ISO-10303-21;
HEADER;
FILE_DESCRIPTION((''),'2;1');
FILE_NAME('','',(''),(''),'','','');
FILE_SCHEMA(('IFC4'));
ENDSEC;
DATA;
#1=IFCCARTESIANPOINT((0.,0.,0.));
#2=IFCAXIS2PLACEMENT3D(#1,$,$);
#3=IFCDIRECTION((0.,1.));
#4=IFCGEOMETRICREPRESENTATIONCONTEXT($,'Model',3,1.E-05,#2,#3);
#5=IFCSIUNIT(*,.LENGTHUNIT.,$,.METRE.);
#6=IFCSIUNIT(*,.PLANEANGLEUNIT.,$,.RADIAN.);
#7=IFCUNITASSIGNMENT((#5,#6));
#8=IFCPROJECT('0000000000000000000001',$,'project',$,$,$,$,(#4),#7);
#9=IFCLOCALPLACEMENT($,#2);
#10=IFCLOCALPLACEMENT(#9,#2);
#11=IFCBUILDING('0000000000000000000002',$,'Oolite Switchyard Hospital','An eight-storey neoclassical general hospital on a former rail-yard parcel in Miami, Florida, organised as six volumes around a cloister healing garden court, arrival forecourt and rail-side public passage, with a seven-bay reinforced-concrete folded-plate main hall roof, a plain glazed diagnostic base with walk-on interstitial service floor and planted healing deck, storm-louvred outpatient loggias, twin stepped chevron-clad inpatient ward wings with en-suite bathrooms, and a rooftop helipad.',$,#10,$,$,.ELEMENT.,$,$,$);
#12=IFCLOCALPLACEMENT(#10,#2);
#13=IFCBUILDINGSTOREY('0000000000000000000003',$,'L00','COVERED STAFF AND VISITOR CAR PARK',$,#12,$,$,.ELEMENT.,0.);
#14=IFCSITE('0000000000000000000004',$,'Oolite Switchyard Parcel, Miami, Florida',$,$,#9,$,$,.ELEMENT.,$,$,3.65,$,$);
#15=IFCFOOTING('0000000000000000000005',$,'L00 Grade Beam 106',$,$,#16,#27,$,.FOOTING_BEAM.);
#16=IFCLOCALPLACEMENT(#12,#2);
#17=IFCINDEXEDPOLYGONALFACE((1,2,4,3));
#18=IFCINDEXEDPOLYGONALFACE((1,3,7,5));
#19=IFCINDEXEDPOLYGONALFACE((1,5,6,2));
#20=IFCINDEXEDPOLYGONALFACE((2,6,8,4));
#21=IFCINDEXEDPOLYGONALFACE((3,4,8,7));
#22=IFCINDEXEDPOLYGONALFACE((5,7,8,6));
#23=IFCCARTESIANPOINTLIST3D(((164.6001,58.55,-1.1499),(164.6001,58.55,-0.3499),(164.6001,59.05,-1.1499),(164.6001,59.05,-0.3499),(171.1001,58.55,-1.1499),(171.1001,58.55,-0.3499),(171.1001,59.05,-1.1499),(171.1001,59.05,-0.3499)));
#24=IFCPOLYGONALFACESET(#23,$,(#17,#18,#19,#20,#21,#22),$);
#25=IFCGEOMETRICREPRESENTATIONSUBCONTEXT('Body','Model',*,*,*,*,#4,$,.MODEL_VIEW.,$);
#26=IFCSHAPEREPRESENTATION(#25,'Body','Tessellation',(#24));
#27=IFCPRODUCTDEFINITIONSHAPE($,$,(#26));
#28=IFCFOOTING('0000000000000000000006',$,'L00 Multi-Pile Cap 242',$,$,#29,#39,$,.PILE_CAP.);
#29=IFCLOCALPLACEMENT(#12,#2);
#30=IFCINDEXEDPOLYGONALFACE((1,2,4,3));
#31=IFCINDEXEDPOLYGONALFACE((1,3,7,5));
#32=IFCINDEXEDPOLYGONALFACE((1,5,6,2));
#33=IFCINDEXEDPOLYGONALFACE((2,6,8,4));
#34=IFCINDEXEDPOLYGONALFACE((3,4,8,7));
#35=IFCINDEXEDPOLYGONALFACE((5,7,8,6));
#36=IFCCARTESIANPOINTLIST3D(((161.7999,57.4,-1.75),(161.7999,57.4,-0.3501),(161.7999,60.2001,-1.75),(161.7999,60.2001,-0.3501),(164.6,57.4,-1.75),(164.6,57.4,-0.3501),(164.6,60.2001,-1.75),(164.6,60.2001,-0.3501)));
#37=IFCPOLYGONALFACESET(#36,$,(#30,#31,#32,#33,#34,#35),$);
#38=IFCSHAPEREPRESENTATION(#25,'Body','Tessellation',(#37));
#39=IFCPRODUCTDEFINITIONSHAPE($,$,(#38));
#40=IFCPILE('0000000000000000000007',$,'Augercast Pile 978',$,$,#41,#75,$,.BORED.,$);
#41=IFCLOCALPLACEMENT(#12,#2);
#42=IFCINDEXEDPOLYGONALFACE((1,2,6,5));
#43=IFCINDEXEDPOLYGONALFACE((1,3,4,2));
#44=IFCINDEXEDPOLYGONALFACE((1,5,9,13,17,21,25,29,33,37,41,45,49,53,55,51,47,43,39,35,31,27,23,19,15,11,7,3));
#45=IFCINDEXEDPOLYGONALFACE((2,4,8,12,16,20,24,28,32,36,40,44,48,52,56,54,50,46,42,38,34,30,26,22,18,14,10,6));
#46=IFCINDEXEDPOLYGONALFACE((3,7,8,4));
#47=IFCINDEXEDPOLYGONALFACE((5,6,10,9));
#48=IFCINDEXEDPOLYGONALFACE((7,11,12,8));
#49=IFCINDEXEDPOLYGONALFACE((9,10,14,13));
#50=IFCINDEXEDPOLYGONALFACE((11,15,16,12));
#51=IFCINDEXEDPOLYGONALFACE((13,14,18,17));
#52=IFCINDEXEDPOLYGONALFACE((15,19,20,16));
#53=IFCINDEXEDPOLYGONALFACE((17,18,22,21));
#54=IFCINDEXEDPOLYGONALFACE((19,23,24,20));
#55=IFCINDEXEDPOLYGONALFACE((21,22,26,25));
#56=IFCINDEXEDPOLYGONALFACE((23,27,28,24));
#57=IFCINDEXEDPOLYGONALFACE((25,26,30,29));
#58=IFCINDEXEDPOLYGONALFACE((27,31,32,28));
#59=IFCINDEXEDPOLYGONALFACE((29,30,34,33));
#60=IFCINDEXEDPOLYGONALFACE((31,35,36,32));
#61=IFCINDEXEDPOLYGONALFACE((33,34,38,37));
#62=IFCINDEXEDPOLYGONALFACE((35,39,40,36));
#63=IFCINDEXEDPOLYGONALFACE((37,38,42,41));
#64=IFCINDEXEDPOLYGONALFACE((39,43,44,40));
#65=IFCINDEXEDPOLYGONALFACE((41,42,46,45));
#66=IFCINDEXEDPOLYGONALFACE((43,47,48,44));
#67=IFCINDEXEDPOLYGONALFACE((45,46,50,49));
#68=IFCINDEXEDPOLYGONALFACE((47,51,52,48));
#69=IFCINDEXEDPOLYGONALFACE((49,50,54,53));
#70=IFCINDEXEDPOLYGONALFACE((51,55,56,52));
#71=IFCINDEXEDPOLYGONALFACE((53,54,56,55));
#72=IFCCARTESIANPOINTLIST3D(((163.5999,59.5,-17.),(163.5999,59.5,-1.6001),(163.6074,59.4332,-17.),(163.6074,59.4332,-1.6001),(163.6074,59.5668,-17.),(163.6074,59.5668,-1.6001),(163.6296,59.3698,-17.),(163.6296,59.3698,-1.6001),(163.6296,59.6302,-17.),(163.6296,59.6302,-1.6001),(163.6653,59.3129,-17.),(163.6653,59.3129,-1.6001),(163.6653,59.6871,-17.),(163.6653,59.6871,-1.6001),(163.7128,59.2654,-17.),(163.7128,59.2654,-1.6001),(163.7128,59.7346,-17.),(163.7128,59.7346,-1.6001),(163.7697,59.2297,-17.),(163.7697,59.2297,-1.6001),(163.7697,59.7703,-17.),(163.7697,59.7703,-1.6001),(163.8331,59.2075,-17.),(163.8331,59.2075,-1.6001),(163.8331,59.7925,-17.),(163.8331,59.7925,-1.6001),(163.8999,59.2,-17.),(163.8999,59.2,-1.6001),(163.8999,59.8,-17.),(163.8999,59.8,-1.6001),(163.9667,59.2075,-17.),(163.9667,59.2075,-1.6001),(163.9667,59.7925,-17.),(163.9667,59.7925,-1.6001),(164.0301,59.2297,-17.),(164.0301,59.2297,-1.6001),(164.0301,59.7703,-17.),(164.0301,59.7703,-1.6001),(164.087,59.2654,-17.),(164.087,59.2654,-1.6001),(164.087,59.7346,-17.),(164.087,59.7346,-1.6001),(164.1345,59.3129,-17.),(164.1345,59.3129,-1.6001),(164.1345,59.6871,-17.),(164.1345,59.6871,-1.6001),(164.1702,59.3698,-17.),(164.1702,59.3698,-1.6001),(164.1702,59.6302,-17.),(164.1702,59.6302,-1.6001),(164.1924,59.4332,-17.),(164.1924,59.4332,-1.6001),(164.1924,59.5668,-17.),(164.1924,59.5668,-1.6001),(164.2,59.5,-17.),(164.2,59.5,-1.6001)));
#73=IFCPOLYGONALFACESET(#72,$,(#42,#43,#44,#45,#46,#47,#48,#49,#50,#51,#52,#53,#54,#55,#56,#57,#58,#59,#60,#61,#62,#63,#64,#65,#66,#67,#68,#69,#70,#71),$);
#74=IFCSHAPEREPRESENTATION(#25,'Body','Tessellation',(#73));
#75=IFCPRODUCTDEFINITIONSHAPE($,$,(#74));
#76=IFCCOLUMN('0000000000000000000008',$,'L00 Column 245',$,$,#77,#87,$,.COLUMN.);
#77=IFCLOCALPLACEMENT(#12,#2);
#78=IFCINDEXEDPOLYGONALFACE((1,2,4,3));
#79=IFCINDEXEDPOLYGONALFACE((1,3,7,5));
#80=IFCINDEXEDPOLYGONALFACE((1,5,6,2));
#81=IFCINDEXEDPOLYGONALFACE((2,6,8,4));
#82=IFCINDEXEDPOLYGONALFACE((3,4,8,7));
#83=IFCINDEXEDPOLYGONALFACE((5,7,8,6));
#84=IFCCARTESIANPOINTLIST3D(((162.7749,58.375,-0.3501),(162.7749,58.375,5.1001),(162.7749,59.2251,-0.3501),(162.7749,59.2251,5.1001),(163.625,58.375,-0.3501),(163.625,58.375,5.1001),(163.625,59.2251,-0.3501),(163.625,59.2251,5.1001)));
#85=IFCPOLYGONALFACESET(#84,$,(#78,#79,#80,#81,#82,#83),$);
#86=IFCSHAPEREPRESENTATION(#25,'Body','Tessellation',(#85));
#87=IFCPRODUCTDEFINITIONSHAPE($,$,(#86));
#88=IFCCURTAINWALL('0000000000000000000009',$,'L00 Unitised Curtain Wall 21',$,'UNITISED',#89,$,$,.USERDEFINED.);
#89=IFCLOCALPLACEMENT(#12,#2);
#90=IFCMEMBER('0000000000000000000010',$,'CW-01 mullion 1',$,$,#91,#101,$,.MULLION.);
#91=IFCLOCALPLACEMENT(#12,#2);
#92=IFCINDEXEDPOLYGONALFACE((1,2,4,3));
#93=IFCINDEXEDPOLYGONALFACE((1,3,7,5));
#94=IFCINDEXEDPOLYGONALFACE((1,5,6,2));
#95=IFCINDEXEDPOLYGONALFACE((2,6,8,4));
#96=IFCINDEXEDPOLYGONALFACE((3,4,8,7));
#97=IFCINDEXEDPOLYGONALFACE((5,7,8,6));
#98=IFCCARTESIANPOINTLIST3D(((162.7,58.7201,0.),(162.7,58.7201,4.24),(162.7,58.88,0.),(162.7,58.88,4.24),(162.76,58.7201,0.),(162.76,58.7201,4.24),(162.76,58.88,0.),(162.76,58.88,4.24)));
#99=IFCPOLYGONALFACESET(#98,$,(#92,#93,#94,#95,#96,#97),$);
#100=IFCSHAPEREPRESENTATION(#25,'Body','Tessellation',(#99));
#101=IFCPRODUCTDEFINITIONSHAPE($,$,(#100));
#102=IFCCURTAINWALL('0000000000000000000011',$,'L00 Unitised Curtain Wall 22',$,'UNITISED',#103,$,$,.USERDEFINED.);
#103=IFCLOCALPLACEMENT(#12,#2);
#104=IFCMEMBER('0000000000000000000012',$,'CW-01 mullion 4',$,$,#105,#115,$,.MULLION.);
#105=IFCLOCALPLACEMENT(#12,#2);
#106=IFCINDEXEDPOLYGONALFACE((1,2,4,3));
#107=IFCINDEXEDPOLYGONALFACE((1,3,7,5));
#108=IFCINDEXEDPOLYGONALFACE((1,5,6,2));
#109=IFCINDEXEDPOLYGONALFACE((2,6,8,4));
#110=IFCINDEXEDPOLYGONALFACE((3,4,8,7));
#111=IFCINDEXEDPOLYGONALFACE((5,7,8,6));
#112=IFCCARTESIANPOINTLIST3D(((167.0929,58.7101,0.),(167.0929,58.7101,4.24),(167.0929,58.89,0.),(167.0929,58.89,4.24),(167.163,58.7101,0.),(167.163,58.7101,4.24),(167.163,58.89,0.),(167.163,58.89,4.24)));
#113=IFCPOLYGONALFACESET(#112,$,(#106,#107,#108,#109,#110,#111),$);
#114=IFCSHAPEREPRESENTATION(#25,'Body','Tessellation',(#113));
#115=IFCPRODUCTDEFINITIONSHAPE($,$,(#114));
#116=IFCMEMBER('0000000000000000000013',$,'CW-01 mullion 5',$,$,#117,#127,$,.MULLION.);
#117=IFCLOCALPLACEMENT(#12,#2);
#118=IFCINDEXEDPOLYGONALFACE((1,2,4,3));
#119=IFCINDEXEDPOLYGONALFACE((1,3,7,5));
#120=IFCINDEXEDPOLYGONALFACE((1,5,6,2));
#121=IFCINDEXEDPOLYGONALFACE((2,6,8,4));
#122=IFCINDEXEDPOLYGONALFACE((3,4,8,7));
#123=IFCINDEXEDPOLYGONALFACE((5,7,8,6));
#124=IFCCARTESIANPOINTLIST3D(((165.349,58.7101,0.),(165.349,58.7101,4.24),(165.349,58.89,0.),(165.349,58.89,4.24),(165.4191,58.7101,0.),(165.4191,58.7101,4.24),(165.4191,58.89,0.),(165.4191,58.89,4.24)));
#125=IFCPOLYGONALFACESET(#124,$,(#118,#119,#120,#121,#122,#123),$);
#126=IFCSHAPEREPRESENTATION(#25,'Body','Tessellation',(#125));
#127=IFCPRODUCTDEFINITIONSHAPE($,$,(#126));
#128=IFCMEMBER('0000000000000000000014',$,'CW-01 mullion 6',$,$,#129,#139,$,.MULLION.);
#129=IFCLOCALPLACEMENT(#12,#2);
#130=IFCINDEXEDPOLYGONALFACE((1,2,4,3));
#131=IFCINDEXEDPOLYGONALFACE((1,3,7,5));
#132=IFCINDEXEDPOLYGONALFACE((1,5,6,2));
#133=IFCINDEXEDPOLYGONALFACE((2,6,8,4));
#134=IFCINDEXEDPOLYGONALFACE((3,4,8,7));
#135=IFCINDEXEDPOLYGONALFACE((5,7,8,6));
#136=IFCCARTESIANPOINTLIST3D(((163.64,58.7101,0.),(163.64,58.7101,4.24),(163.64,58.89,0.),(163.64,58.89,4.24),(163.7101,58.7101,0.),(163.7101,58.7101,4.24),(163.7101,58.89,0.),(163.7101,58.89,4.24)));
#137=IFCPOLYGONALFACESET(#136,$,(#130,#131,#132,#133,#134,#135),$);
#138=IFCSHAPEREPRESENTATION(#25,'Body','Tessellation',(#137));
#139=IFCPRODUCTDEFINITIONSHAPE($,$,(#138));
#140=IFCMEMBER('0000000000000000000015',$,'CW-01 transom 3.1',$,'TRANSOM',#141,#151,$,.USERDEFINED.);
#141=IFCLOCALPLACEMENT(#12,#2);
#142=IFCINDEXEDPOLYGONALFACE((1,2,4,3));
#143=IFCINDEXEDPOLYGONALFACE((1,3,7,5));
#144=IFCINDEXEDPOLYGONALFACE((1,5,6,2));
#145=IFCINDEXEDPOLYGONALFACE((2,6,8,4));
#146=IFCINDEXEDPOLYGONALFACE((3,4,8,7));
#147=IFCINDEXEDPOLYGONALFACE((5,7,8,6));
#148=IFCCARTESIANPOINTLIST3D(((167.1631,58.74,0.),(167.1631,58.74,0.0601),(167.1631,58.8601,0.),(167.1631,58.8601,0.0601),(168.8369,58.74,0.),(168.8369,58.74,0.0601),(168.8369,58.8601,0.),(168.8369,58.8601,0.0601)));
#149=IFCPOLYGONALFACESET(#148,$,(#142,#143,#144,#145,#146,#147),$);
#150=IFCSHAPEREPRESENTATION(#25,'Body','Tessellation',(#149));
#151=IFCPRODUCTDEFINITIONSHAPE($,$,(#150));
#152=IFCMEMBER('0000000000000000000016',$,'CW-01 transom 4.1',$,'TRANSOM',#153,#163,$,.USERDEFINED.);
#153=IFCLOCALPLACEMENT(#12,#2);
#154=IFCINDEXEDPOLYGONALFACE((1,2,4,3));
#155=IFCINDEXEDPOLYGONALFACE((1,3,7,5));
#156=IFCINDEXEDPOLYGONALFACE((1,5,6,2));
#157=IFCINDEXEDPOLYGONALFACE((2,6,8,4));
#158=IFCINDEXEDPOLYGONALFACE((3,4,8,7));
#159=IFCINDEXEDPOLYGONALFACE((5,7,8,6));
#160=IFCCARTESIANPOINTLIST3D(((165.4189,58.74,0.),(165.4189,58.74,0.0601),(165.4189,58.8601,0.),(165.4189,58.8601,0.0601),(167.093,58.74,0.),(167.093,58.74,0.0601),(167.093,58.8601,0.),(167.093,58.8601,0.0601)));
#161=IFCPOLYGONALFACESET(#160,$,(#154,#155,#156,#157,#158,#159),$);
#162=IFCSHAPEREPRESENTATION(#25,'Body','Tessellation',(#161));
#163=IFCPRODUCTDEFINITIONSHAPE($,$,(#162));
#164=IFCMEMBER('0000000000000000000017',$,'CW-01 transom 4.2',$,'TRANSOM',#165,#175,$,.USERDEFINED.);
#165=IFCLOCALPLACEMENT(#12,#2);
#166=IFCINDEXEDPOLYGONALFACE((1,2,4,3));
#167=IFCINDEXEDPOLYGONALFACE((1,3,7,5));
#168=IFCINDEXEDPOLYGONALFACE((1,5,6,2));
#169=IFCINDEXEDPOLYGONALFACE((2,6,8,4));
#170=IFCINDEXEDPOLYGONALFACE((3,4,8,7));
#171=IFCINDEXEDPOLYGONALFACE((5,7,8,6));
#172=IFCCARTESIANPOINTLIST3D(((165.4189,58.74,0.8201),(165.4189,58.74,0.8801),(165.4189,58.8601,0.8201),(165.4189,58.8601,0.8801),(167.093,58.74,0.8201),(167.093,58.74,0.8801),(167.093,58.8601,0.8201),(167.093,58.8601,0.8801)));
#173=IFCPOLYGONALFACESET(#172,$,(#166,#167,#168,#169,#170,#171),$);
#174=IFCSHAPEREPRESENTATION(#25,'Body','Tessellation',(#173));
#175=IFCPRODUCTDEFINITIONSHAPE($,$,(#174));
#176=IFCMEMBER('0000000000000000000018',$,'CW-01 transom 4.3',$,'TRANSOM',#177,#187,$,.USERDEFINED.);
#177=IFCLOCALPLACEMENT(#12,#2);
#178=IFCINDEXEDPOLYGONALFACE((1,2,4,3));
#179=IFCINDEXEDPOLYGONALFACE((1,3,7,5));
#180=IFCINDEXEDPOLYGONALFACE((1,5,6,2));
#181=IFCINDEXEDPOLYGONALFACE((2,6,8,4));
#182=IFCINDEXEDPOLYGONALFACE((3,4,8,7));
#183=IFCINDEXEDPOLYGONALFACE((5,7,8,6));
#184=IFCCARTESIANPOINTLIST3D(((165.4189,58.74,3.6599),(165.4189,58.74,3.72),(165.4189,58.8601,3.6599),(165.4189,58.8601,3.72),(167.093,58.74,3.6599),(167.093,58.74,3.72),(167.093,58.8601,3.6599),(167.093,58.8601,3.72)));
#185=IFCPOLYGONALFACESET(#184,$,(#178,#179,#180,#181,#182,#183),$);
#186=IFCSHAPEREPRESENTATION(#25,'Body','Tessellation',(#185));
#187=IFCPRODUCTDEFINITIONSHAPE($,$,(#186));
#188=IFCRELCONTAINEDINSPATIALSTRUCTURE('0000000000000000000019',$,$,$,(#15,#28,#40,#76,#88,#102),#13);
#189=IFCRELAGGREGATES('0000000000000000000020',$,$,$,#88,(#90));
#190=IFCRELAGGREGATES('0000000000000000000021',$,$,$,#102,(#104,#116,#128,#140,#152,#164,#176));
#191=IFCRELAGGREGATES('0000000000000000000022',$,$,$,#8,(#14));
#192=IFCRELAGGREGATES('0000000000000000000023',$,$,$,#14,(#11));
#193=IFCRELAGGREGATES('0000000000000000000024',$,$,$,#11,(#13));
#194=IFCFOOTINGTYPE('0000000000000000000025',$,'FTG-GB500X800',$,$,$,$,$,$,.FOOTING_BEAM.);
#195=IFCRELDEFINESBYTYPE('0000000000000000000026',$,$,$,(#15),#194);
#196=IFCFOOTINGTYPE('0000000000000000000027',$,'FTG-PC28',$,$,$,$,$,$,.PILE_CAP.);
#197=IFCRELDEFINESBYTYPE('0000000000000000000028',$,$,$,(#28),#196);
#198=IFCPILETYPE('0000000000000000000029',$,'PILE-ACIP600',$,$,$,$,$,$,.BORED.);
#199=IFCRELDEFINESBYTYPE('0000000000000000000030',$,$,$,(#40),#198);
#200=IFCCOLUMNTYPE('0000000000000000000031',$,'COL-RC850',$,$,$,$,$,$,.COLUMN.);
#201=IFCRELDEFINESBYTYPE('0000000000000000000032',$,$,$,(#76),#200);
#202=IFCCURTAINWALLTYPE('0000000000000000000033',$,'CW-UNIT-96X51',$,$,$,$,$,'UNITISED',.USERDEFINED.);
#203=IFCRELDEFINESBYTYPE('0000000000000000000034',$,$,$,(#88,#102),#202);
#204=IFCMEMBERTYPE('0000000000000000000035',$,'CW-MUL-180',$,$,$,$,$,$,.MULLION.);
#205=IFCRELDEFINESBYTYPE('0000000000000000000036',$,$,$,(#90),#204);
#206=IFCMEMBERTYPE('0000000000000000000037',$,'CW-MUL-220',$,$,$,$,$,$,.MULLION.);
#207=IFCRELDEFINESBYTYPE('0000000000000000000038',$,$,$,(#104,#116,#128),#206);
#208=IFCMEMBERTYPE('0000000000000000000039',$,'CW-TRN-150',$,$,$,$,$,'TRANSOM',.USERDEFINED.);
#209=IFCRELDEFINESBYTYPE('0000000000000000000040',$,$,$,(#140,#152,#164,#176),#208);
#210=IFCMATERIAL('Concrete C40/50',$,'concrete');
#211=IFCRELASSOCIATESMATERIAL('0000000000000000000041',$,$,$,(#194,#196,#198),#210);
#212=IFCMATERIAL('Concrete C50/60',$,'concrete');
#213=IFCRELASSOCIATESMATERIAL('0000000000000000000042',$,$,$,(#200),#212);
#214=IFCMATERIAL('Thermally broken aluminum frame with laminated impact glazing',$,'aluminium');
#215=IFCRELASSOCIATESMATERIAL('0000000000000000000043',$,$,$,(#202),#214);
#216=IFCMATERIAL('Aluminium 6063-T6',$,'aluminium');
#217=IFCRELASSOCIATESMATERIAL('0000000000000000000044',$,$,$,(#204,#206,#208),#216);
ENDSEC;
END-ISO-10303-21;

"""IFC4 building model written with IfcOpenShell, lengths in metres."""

from ifc_helpers import new_model, si_unit, direction, frame, origin, origin_2d, place, context, subcontext, project, spatial, rectangle, circle, extrude, material, material_profile, profile_set, type_object, element, aggregate, save


model = new_model("IFC4")

# Units and contexts
model_context = context("Model", 3, precision=1e-05, world=origin(), true_north=direction((0.0, 1.0)))
body_context = subcontext(model_context, "Body", "Model", "MODEL_VIEW")
ifc_project = project(units=[si_unit("LENGTHUNIT", "METRE"), si_unit("PLANEANGLEUNIT", "RADIAN")], contexts=[model_context])

# Site, building, storey
site_placement = place(None, origin())
site = spatial("IfcSite", under=ifc_project, at=site_placement, Name="Oolite Switchyard Parcel, Miami, Florida", CompositionType="ELEMENT", RefElevation=3.65)
building_placement = place(site_placement, origin())
building = spatial("IfcBuilding", under=site, at=building_placement, Name="Oolite Switchyard Hospital", Description="An eight-storey neoclassical general hospital on a former rail-yard parcel in Miami, Florida, organised as six volumes around a cloister healing garden court, arrival forecourt and rail-side public passage, with a seven-bay reinforced-concrete folded-plate main hall roof, a plain glazed diagnostic base with walk-on interstitial service floor and planted healing deck, storm-louvred outpatient loggias, twin stepped chevron-clad inpatient ward wings with en-suite bathrooms, and a rooftop helipad.", CompositionType="ELEMENT")
storey_placement = place(building_placement, origin())
storey = spatial("IfcBuildingStorey", under=building, at=storey_placement, Name="L00", Description="COVERED STAFF AND VISITOR CAR PARK", CompositionType="ELEMENT", Elevation=0.0)

# Footings
ifc_material_1 = material(Name="Concrete C40/50", Category="concrete")
footing_type_1 = type_object("IfcFootingType", Name="FTG-GB500X800", PredefinedType="FOOTING_BEAM", material=ifc_material_1)
footing_1_placement = place(storey_placement, frame((167.8501, 58.8, -1.1499), z_axis=(0.0, 0.0, 1.0), x_axis=(1.0, 0.0, 0.0)))
element("IfcFooting", 1, at=footing_1_placement, inside=storey, type_object=footing_type_1, Name="L00 Grade Beam 106", PredefinedType="FOOTING_BEAM", context=body_context, shape_type="SweptSolid", body=[
    extrude(rectangle(XDim=6.5, YDim=0.5, at=origin_2d()), origin(), (0.0, 0.0, 1.0), 0.8),
])
footing_type_2 = type_object("IfcFootingType", Name="FTG-PC28", PredefinedType="PILE_CAP", material=ifc_material_1)
footing_2_placement = place(storey_placement, frame((163.2, 58.8, -1.75), z_axis=(0.0, 0.0, 1.0), x_axis=(1.0, 0.0, 0.0)))
element("IfcFooting", 2, at=footing_2_placement, inside=storey, type_object=footing_type_2, Name="L00 Multi-Pile Cap 242", PredefinedType="PILE_CAP", context=body_context, shape_type="SweptSolid", body=[
    extrude(rectangle(XDim=2.8, YDim=2.8, at=origin_2d()), origin(), (0.0, 0.0, 1.0), 1.3999),
])

# Pile
ifc_material_profile_1 = material_profile(ifc_material_1, circle(Radius=0.3, at=origin_2d()), Name="PILE600")
ifc_profile_set_1 = profile_set([ifc_material_profile_1], Name="Concrete C40/50")
pile_type = type_object("IfcPileType", Name="PILE-ACIP600", PredefinedType="BORED", material=ifc_profile_set_1)
pile_placement = place(storey_placement, frame((163.8999, 59.5, -1.6001), z_axis=(0.0, 0.0, -1.0), x_axis=(1.0, 0.0, 0.0)))
element("IfcPile", 3, at=pile_placement, inside=storey, type_object=pile_type, Name="Augercast Pile 978", PredefinedType="BORED", context=body_context, shape_type="SweptSolid", body=[
    extrude(circle(Radius=0.3, at=origin_2d()), origin(), (0.0, 0.0, 1.0), 15.3999),
])

# Column
ifc_material_2 = material(Name="Concrete C50/60", Category="concrete")
ifc_material_profile_2 = material_profile(ifc_material_2, rectangle(XDim=0.8501, YDim=0.8501, at=origin_2d()), Name="RC850X850")
ifc_profile_set_2 = profile_set([ifc_material_profile_2], Name="Concrete C50/60")
column_type = type_object("IfcColumnType", Name="COL-RC850", PredefinedType="COLUMN", material=ifc_profile_set_2)
column_placement = place(storey_placement, frame((163.2, 58.8, -0.3501), z_axis=(0.0, 0.0, 1.0), x_axis=(1.0, 0.0, 0.0)))
element("IfcColumn", 4, at=column_placement, inside=storey, type_object=column_type, Name="L00 Column 245", PredefinedType="COLUMN", context=body_context, shape_type="SweptSolid", body=[
    extrude(rectangle(XDim=0.8501, YDim=0.8501, at=origin_2d()), origin(), (0.0, 0.0, 1.0), 5.4502),
])

# Curtain wall, member
ifc_material_3 = material(Name="Thermally broken aluminum frame with laminated impact glazing", Category="aluminium")
curtain_wall_type = type_object("IfcCurtainWallType", Name="CW-UNIT-96X51", ElementType="UNITISED", PredefinedType="USERDEFINED", material=ifc_material_3)
curtain_wall_1_placement = place(storey_placement, origin())
curtain_wall_1 = element("IfcCurtainWall", 5, at=curtain_wall_1_placement, inside=storey, type_object=curtain_wall_type, Name="L00 Unitised Curtain Wall 21", ObjectType="UNITISED", PredefinedType="USERDEFINED")
ifc_material_4 = material(Name="Aluminium 6063-T6", Category="aluminium")
ifc_material_profile_3 = material_profile(ifc_material_4, rectangle(XDim=0.1599, YDim=0.0601, at=origin_2d()), Name="CWM60X160")
ifc_profile_set_3 = profile_set([ifc_material_profile_3], Name="Aluminium 6063-T6")
member_type_1 = type_object("IfcMemberType", Name="CW-MUL-180", PredefinedType="MULLION", material=ifc_profile_set_3)
member_1_placement = place(storey_placement, frame((162.73, 58.8, 0.0), z_axis=(0.0, 0.0, 1.0), x_axis=(0.0, -1.0, 0.0)))
member_1 = element("IfcMember", 6, at=member_1_placement, type_object=member_type_1, Name="CW-01 mullion 1", PredefinedType="MULLION", context=body_context, shape_type="SweptSolid", body=[
    extrude(rectangle(XDim=0.1599, YDim=0.0601, at=origin_2d()), origin(), (0.0, 0.0, 1.0), 4.24),
])
aggregate(curtain_wall_1, [member_1])

# Curtain wall, members
curtain_wall_2_placement = place(storey_placement, origin())
curtain_wall_2 = element("IfcCurtainWall", 7, at=curtain_wall_2_placement, inside=storey, type_object=curtain_wall_type, Name="L00 Unitised Curtain Wall 22", ObjectType="UNITISED", PredefinedType="USERDEFINED")
ifc_material_profile_4 = material_profile(ifc_material_4, rectangle(XDim=0.1799, YDim=0.0701, at=origin_2d()), Name="CWM70X180")
ifc_profile_set_4 = profile_set([ifc_material_profile_4], Name="Aluminium 6063-T6")
member_type_2 = type_object("IfcMemberType", Name="CW-MUL-220", PredefinedType="MULLION", material=ifc_profile_set_4)
member_2_placement = place(storey_placement, frame((167.1279, 58.8, 0.0), z_axis=(0.0, 0.0, 1.0), x_axis=(0.0, -1.0, 0.0)))
member_2 = element("IfcMember", 8, at=member_2_placement, type_object=member_type_2, Name="CW-01 mullion 4", PredefinedType="MULLION", context=body_context, shape_type="SweptSolid", body=[
    extrude(rectangle(XDim=0.1799, YDim=0.0701, at=origin_2d()), origin(), (0.0, 0.0, 1.0), 4.24),
])
member_3_placement = place(storey_placement, frame((165.384, 58.8, 0.0), z_axis=(0.0, 0.0, 1.0), x_axis=(0.0, -1.0, 0.0)))
member_3 = element("IfcMember", 9, at=member_3_placement, type_object=member_type_2, Name="CW-01 mullion 5", PredefinedType="MULLION", context=body_context, shape_type="SweptSolid", body=[
    extrude(rectangle(XDim=0.1799, YDim=0.0701, at=origin_2d()), origin(), (0.0, 0.0, 1.0), 4.24),
])
member_4_placement = place(storey_placement, frame((163.675, 58.8, 0.0), z_axis=(0.0, 0.0, 1.0), x_axis=(0.0, -1.0, 0.0)))
member_4 = element("IfcMember", 10, at=member_4_placement, type_object=member_type_2, Name="CW-01 mullion 6", PredefinedType="MULLION", context=body_context, shape_type="SweptSolid", body=[
    extrude(rectangle(XDim=0.1799, YDim=0.0701, at=origin_2d()), origin(), (0.0, 0.0, 1.0), 4.24),
])
ifc_material_profile_5 = material_profile(ifc_material_4, rectangle(XDim=0.1201, YDim=0.0601, at=origin_2d()), Name="CWT60X120")
ifc_profile_set_5 = profile_set([ifc_material_profile_5], Name="Aluminium 6063-T6")
member_type_3 = type_object("IfcMemberType", Name="CW-TRN-150", ElementType="TRANSOM", PredefinedType="USERDEFINED", material=ifc_profile_set_5)
member_5_placement = place(storey_placement, frame((168.8369, 58.8, 0.03), z_axis=(-1.0, 0.0, 0.0), x_axis=(0.0, -1.0, 0.0)))
member_5 = element("IfcMember", 11, at=member_5_placement, type_object=member_type_3, Name="CW-01 transom 3.1", ObjectType="TRANSOM", PredefinedType="USERDEFINED", context=body_context, shape_type="SweptSolid", body=[
    extrude(rectangle(XDim=0.1201, YDim=0.0601, at=origin_2d()), origin(), (0.0, 0.0, 1.0), 1.6738),
])
member_6_placement = place(storey_placement, frame((167.093, 58.8, 0.03), z_axis=(-1.0, 0.0, 0.0), x_axis=(0.0, -1.0, 0.0)))
member_6 = element("IfcMember", 12, at=member_6_placement, type_object=member_type_3, Name="CW-01 transom 4.1", ObjectType="TRANSOM", PredefinedType="USERDEFINED", context=body_context, shape_type="SweptSolid", body=[
    extrude(rectangle(XDim=0.1201, YDim=0.0601, at=origin_2d()), origin(), (0.0, 0.0, 1.0), 1.6741),
])
member_7_placement = place(storey_placement, frame((167.093, 58.8, 0.8501), z_axis=(-1.0, 0.0, 0.0), x_axis=(0.0, -1.0, 0.0)))
member_7 = element("IfcMember", 13, at=member_7_placement, type_object=member_type_3, Name="CW-01 transom 4.2", ObjectType="TRANSOM", PredefinedType="USERDEFINED", context=body_context, shape_type="SweptSolid", body=[
    extrude(rectangle(XDim=0.1201, YDim=0.0601, at=origin_2d()), origin(), (0.0, 0.0, 1.0), 1.6741),
])
member_8_placement = place(storey_placement, frame((167.093, 58.8, 3.6899), z_axis=(-1.0, 0.0, 0.0), x_axis=(0.0, -1.0, 0.0)))
member_8 = element("IfcMember", 14, at=member_8_placement, type_object=member_type_3, Name="CW-01 transom 4.3", ObjectType="TRANSOM", PredefinedType="USERDEFINED", context=body_context, shape_type="SweptSolid", body=[
    extrude(rectangle(XDim=0.1201, YDim=0.0601, at=origin_2d()), origin(), (0.0, 0.0, 1.0), 1.6741),
])
aggregate(curtain_wall_2, [member_2, member_3, member_4, member_5, member_6, member_7, member_8])

save(model, "model.ifc")
